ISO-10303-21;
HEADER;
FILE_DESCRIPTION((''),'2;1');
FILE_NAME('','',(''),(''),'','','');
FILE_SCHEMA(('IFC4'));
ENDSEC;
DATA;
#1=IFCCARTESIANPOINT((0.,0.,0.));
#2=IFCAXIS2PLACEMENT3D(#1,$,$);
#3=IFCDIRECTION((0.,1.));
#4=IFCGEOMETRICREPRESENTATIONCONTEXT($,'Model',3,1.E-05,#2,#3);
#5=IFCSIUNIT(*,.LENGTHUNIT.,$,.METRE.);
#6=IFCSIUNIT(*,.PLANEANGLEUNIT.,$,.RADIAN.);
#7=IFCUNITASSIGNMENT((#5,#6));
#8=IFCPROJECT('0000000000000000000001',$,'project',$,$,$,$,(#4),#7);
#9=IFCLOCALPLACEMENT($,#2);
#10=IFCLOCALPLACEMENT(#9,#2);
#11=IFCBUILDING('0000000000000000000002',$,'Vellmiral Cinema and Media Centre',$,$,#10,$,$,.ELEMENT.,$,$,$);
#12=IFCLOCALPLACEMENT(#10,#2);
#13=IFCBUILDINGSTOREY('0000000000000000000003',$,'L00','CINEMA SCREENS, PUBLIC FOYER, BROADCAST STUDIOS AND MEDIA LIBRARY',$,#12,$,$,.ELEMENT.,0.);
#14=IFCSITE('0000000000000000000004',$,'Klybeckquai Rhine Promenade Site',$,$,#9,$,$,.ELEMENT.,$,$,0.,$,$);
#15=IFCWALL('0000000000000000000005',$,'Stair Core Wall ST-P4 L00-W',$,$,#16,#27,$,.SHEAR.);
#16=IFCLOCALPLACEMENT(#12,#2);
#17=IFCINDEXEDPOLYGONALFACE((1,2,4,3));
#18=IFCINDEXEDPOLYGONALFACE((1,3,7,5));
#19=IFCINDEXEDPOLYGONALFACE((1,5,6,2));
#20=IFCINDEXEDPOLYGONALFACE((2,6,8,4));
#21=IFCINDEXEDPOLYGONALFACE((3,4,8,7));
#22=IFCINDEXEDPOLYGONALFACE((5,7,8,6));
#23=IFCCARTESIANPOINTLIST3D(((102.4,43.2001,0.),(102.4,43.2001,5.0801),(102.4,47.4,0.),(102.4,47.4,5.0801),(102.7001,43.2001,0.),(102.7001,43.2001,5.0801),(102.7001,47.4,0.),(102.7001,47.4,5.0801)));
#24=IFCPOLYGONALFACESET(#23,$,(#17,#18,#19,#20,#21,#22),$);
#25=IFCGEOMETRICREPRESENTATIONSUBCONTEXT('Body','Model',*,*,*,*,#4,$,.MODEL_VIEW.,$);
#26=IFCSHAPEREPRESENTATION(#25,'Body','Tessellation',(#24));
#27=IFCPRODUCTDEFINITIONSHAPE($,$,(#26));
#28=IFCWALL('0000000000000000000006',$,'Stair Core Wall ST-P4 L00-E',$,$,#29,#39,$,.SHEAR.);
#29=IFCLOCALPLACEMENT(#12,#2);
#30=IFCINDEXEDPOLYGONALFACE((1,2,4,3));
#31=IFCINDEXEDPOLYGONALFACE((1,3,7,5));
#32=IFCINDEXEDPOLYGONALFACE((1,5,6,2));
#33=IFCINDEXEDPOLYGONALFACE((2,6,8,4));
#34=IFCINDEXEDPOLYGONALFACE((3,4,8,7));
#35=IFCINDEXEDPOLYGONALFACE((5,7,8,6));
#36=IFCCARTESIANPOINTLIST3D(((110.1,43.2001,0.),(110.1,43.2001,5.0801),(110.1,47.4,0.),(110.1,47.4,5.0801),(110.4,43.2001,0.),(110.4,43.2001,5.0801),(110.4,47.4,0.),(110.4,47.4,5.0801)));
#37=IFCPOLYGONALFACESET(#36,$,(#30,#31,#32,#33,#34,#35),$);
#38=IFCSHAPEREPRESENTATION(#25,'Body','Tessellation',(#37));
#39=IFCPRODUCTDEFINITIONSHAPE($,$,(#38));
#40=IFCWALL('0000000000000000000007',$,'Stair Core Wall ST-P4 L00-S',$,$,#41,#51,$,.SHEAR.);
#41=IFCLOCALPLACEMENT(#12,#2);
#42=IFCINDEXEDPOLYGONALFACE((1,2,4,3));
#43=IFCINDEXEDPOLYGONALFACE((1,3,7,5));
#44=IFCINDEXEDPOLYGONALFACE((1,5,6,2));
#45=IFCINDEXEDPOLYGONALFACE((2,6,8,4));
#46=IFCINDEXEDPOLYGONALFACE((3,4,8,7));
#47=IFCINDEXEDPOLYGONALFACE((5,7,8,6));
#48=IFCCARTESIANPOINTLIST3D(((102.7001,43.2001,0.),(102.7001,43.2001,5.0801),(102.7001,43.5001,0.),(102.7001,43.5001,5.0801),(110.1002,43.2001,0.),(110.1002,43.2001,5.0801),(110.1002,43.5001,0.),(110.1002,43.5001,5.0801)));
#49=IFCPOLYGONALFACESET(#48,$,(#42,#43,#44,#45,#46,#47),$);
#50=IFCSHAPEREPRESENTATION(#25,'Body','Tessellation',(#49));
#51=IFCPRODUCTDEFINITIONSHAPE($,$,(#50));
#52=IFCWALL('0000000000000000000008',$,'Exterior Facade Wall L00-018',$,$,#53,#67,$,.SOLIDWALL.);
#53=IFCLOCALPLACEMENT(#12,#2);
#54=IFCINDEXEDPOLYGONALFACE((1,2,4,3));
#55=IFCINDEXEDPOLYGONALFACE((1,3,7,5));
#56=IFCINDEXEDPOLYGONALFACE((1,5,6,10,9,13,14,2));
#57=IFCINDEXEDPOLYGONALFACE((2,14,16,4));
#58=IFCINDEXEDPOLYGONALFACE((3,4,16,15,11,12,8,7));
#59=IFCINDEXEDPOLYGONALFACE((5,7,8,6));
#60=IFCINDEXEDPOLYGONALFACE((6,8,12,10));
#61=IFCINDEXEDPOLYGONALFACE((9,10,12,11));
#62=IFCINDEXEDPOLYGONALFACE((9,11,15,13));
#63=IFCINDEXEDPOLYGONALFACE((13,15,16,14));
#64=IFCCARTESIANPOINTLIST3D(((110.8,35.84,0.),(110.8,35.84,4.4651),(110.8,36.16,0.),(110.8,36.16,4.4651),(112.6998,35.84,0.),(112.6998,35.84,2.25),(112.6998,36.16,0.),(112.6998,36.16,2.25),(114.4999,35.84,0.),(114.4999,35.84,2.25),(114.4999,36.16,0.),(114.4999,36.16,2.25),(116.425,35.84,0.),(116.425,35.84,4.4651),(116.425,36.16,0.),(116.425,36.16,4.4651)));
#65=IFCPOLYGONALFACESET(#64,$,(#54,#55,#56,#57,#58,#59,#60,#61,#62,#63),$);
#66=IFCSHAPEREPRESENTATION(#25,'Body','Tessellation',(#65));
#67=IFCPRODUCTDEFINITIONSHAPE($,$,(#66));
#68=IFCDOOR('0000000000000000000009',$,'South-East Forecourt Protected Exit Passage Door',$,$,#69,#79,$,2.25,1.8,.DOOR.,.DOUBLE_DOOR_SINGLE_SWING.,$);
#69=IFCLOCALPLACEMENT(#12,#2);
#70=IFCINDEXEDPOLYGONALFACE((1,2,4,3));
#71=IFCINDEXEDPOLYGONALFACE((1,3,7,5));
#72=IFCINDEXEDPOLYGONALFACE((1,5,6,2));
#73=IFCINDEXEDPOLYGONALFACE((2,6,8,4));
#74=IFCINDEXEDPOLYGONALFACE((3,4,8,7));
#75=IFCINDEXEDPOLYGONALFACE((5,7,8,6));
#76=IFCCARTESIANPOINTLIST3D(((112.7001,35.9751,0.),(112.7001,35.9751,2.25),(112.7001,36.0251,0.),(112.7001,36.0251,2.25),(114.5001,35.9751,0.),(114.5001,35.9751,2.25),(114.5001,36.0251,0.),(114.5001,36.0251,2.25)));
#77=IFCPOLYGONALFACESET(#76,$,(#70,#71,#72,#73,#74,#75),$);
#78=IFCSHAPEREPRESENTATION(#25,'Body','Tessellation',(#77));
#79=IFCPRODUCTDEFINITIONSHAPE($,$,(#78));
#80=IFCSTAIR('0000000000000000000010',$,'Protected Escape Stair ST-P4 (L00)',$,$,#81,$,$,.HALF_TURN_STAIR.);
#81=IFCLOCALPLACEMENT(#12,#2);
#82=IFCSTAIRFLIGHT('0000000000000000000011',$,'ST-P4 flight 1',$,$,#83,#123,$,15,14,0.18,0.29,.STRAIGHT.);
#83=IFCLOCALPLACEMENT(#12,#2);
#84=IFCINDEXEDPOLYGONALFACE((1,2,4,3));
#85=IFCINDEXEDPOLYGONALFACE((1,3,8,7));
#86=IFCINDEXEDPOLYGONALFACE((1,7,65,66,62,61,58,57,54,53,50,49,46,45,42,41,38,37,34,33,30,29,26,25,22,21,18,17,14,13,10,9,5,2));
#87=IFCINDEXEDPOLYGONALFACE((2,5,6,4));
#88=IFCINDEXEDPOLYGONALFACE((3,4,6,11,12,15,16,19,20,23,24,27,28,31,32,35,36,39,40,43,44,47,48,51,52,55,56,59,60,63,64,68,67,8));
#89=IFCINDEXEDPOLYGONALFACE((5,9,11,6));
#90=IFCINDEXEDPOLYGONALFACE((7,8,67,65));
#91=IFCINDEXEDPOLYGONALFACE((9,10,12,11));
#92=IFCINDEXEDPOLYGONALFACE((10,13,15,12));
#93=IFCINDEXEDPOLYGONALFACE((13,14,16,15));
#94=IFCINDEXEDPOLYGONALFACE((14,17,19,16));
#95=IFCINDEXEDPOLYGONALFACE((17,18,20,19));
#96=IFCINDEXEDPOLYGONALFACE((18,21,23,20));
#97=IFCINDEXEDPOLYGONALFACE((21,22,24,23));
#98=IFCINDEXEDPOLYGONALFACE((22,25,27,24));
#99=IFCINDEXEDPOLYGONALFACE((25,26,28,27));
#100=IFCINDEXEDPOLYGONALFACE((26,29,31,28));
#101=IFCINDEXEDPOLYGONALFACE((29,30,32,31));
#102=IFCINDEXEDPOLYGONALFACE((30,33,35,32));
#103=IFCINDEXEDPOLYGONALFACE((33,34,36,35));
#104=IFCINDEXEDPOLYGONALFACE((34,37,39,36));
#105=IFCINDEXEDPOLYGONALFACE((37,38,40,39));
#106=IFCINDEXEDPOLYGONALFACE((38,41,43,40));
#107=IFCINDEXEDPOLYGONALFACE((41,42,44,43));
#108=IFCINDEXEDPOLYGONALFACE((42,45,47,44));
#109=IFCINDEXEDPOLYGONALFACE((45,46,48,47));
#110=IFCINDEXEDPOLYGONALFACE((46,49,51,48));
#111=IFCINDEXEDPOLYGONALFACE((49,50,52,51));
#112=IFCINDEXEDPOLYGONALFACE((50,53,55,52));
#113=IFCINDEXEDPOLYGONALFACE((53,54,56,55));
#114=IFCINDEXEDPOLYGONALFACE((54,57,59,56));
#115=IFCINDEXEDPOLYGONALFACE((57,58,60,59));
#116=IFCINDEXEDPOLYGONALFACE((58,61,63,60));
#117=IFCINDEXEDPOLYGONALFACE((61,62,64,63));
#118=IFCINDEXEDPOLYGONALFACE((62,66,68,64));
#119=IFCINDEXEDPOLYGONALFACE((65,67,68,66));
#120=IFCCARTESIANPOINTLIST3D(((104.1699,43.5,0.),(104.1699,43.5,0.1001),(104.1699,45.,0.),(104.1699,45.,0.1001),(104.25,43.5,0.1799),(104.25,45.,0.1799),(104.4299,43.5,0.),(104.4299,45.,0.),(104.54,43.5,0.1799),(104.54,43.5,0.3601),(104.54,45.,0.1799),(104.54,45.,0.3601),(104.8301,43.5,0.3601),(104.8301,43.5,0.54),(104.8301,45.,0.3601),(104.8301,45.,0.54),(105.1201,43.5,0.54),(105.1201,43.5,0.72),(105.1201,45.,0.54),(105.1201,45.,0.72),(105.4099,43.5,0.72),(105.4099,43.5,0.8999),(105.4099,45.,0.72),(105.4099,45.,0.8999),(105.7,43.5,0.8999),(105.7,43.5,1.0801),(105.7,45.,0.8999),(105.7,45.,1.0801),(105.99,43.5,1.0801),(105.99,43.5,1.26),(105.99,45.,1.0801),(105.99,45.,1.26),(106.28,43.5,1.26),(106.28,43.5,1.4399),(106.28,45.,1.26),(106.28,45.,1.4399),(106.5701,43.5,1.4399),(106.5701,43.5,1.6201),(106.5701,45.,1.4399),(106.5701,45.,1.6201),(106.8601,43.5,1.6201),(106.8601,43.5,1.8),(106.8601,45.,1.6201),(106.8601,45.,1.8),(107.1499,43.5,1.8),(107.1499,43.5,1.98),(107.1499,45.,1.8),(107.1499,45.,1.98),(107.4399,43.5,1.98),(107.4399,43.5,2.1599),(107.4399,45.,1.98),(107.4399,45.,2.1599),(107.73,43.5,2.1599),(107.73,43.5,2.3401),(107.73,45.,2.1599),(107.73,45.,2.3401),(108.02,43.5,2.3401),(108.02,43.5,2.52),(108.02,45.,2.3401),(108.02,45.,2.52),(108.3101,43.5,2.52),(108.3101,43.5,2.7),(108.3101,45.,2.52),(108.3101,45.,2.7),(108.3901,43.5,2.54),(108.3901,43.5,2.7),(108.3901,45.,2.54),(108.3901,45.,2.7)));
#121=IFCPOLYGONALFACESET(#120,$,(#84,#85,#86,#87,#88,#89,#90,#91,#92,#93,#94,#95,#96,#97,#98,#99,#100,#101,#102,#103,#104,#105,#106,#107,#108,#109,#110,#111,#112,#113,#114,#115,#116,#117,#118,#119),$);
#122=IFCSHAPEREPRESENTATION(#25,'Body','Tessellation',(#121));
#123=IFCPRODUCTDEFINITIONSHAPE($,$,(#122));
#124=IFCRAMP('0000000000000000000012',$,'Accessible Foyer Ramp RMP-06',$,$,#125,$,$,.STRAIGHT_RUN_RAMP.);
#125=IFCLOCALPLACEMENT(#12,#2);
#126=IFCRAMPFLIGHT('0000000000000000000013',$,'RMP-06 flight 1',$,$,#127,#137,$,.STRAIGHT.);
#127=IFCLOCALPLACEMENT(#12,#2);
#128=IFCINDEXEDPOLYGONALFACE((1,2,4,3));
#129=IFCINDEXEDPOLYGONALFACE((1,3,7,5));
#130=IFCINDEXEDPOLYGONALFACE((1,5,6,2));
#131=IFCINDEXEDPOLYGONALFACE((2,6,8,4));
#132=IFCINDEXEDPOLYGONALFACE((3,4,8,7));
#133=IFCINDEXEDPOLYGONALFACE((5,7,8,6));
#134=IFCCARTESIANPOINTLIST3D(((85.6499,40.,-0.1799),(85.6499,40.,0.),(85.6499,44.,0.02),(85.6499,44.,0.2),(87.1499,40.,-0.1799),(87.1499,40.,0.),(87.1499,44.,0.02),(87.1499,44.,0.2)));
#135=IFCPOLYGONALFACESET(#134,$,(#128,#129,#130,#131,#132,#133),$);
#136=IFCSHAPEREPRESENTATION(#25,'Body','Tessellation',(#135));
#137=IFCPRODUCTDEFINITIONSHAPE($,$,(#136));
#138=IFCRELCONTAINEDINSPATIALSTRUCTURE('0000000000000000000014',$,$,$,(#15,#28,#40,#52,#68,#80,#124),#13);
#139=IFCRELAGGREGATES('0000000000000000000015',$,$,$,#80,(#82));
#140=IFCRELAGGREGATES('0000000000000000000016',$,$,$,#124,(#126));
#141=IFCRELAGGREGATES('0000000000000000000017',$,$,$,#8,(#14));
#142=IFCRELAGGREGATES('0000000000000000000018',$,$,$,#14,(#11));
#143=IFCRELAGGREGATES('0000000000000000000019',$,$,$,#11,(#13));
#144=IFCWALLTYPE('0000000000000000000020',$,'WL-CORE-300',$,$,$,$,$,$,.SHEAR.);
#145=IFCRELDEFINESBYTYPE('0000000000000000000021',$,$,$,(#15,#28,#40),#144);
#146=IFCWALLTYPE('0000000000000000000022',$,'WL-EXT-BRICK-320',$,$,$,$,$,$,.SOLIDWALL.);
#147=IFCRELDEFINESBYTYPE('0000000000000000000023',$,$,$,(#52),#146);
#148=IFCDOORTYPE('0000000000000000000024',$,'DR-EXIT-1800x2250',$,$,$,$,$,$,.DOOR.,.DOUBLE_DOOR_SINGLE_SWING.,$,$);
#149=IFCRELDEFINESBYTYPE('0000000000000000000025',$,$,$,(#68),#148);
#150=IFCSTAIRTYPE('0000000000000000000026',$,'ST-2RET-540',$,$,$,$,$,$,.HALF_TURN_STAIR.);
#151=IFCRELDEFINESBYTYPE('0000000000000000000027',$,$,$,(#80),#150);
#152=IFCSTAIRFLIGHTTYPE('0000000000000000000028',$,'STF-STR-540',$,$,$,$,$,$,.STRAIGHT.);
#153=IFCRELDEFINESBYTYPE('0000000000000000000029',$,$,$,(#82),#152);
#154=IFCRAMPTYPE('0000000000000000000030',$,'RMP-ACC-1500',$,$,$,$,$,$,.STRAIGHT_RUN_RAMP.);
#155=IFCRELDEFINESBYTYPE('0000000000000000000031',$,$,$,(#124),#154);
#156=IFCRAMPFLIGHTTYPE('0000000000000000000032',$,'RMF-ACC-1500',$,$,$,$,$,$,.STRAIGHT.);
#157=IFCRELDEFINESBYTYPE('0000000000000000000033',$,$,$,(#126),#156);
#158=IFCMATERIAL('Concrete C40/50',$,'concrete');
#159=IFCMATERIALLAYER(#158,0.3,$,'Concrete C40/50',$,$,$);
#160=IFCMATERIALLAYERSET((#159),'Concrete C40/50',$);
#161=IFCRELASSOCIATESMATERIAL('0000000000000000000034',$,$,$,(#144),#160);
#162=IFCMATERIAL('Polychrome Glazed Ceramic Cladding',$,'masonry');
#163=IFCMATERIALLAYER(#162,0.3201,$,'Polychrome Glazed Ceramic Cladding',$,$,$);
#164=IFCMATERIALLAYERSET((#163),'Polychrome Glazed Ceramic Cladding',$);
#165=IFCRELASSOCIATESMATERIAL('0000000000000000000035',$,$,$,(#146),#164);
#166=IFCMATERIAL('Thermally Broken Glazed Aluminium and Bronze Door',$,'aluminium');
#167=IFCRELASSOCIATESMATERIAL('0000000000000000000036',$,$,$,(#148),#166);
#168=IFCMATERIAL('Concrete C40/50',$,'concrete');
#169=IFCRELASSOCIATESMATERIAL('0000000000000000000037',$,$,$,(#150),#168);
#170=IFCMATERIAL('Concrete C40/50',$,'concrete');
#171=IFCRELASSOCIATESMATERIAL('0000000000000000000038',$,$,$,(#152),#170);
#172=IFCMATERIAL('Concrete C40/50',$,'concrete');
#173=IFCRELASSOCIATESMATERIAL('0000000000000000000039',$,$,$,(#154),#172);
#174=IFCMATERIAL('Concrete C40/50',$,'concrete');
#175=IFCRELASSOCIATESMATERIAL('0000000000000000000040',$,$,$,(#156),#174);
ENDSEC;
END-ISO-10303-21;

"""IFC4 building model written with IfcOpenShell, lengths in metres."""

from ifc_helpers import new_model, si_unit, direction, frame, frame_2d, origin, place, context, subcontext, project, spatial, polyline, rectangle, outline, extrude, material, layer, layer_set, type_object, element, fill, aggregate, save


model = new_model("IFC4")

# Units and contexts
model_context = context("Model", 3, precision=1e-05, world=origin(), true_north=direction((0.0, 1.0)))
body_context = subcontext(model_context, "Body", "Model", "MODEL_VIEW")
ifc_project = project(units=[si_unit("LENGTHUNIT", "METRE"), si_unit("PLANEANGLEUNIT", "RADIAN")], contexts=[model_context])

# Site, building, storey
site_placement = place(None, origin())
site = spatial("IfcSite", under=ifc_project, at=site_placement, Name="Klybeckquai Rhine Promenade Site", CompositionType="ELEMENT", RefElevation=0.0)
building_placement = place(site_placement, origin())
building = spatial("IfcBuilding", under=site, at=building_placement, Name="Vellmiral Cinema and Media Centre", CompositionType="ELEMENT")
storey_placement = place(building_placement, origin())
storey = spatial("IfcBuildingStorey", under=building, at=storey_placement, Name="L00", Description="CINEMA SCREENS, PUBLIC FOYER, BROADCAST STUDIOS AND MEDIA LIBRARY", CompositionType="ELEMENT", Elevation=0.0)

# Walls
ifc_material_1 = material(Name="Concrete C40/50", Category="concrete")
ifc_layer_1 = layer(ifc_material_1, 0.3, Name="Concrete C40/50")
ifc_layer_set_1 = layer_set([ifc_layer_1], Name="Concrete C40/50")
wall_type_1 = type_object("IfcWallType", Name="WL-CORE-300", PredefinedType="SHEAR", material=ifc_layer_set_1)
for number, where, z_axis, x_axis, name in (
    (1, (102.55, 43.2, 0.0), (0.0, 0.0, 1.0), (0.0, 1.0, 0.0), "Stair Core Wall ST-P4 L00-W"),
    (2, (110.25, 43.2, 0.0), (0.0, 0.0, 1.0), (0.0, 1.0, 0.0), "Stair Core Wall ST-P4 L00-E"),
):
    element("IfcWall", number, at=place(storey_placement, frame(where, z_axis=z_axis, x_axis=x_axis)), inside=storey, type_object=wall_type_1, Name=name, PredefinedType="SHEAR", context=body_context, shape_type="SweptSolid", body=[
        extrude(rectangle(XDim=4.2, YDim=0.3, at=frame_2d((2.1001, 0.0))), origin(), (0.0, 0.0, 1.0), 5.0801),
    ])
wall_1_placement = place(storey_placement, frame((102.7, 43.3501, 0.0), z_axis=(0.0, 0.0, 1.0), x_axis=(1.0, 0.0, 0.0)))
element("IfcWall", 3, at=wall_1_placement, inside=storey, type_object=wall_type_1, Name="Stair Core Wall ST-P4 L00-S", PredefinedType="SHEAR", context=body_context, shape_type="SweptSolid", body=[
    extrude(rectangle(XDim=7.4001, YDim=0.3, at=frame_2d((3.7002, 0.0))), origin(), (0.0, 0.0, 1.0), 5.0801),
])

# Wall, opening, door
ifc_material_2 = material(Name="Polychrome Glazed Ceramic Cladding", Category="masonry")
ifc_layer_2 = layer(ifc_material_2, 0.3201, Name="Polychrome Glazed Ceramic Cladding")
ifc_layer_set_2 = layer_set([ifc_layer_2], Name="Polychrome Glazed Ceramic Cladding")
wall_type_2 = type_object("IfcWallType", Name="WL-EXT-BRICK-320", PredefinedType="SOLIDWALL", material=ifc_layer_set_2)
wall_2_placement = place(storey_placement, frame((110.8, 36.0, 0.0), z_axis=(0.0, 0.0, 1.0), x_axis=(1.0, 0.0, 0.0)))
wall_2 = element("IfcWall", 4, at=wall_2_placement, inside=storey, type_object=wall_type_2, Name="Exterior Facade Wall L00-018", PredefinedType="SOLIDWALL", context=body_context, shape_type="SweptSolid", body=[
    extrude(rectangle(XDim=5.625, YDim=0.3201, at=frame_2d((2.8125, 0.0))), origin(), (0.0, 0.0, 1.0), 4.4651),
])
opening_1_placement = place(wall_2_placement, frame((1.8999, 0.0, 0.0)))
opening_1 = element("IfcOpeningElement", 5, at=opening_1_placement, cuts=wall_2, PredefinedType="OPENING", context=body_context, shape_type="SweptSolid", body=[
    extrude(rectangle(XDim=1.8, YDim=2.25, at=frame_2d((0.8999, 1.125))), frame((0.0, 0.1719, 0.0), z_axis=(0.0, -1.0, 0.0), x_axis=(1.0, 0.0, 0.0)), (0.0, 0.0, 1.0), 0.344),
])
ifc_material_3 = material(Name="Thermally Broken Glazed Aluminium and Bronze Door", Category="aluminium")
door_type_1 = type_object("IfcDoorType", Name="DR-EXIT-1800x2250", OperationType="DOUBLE_DOOR_SINGLE_SWING", PredefinedType="DOOR", material=ifc_material_3)
door_1_placement = place(opening_1_placement, frame((1.8, 0.0, 0.0), z_axis=(0.0, 0.0, 1.0), x_axis=(-1.0, 0.0, 0.0)))
door_1 = element("IfcDoor", 6, at=door_1_placement, inside=storey, type_object=door_type_1, Name="South-East Forecourt Protected Exit Passage Door", OperationType="DOUBLE_DOOR_SINGLE_SWING", OverallHeight=2.25, OverallWidth=1.8, PredefinedType="DOOR", context=body_context, shape_type="SweptSolid", body=[
    extrude(rectangle(XDim=1.8, YDim=2.25, at=frame_2d((0.8999, 1.125))), frame((0.0, 0.0249, 0.0), z_axis=(0.0, -1.0, 0.0), x_axis=(1.0, 0.0, 0.0)), (0.0, 0.0, 1.0), 0.05),
])
fill(opening_1, door_1)

# Stair, stair flight
ifc_material_4 = material(Name="Concrete C40/50", Category="concrete")
stair_type = type_object("IfcStairType", Name="ST-2RET-540", PredefinedType="HALF_TURN_STAIR", material=ifc_material_4)
stair_placement = place(storey_placement, origin())
stair = element("IfcStair", 7, at=stair_placement, inside=storey, type_object=stair_type, Name="Protected Escape Stair ST-P4 (L00)", PredefinedType="HALF_TURN_STAIR")
ifc_material_5 = material(Name="Concrete C40/50", Category="concrete")
stair_flight_type = type_object("IfcStairFlightType", Name="STF-STR-540", PredefinedType="STRAIGHT", material=ifc_material_5)
stair_flight_placement = place(storey_placement, frame((104.25, 44.25, 0.0), z_axis=(0.0, 0.0, 1.0), x_axis=(1.0, 0.0, 0.0)))
stair_flight = element("IfcStairFlight", 8, at=stair_flight_placement, type_object=stair_flight_type, Name="ST-P4 flight 1", NumberOfRisers=15, NumberOfTreads=14, PredefinedType="STRAIGHT", RiserHeight=0.18, TreadLength=0.29, context=body_context, shape_type="SweptSolid", body=[
    extrude(outline(polyline([(-0.0801, 0.0), (-0.0801, 0.1001), (0.0, 0.1799), (0.29, 0.1799), (0.29, 0.3601), (0.5801, 0.3601), (0.5801, 0.54), (0.8701, 0.54), (0.8701, 0.72), (1.1599, 0.72), (1.1599, 0.8999), (1.45, 0.8999), (1.45, 1.0801), (1.74, 1.0801), (1.74, 1.26), (2.03, 1.26), (2.03, 1.4399), (2.3201, 1.4399), (2.3201, 1.6201), (2.6101, 1.6201), (2.6101, 1.8), (2.8999, 1.8), (2.8999, 1.98), (3.1899, 1.98), (3.1899, 2.1599), (3.48, 2.1599), (3.48, 2.3401), (3.77, 2.3401), (3.77, 2.52), (4.0601, 2.52), (4.0601, 2.7), (4.1401, 2.7), (4.1401, 2.54), (0.1799, 0.0), (-0.0801, 0.0)])), frame((0.0, 0.75, 0.0), z_axis=(0.0, -1.0, 0.0), x_axis=(1.0, 0.0, 0.0)), (0.0, 0.0, 1.0), 1.5),
])
aggregate(stair, [stair_flight])

# Ramp, ramp flight
ifc_material_6 = material(Name="Concrete C40/50", Category="concrete")
ramp_type = type_object("IfcRampType", Name="RMP-ACC-1500", PredefinedType="STRAIGHT_RUN_RAMP", material=ifc_material_6)
ramp_placement = place(storey_placement, origin())
ramp = element("IfcRamp", 9, at=ramp_placement, inside=storey, type_object=ramp_type, Name="Accessible Foyer Ramp RMP-06", PredefinedType="STRAIGHT_RUN_RAMP")
ifc_material_7 = material(Name="Concrete C40/50", Category="concrete")
ramp_flight_type = type_object("IfcRampFlightType", Name="RMF-ACC-1500", PredefinedType="STRAIGHT", material=ifc_material_7)
ramp_flight_placement = place(storey_placement, frame((86.3999, 40.0, 0.0), z_axis=(0.0, 0.0, 1.0), x_axis=(0.0, 1.0, 0.0)))
ramp_flight = element("IfcRampFlight", 10, at=ramp_flight_placement, type_object=ramp_flight_type, Name="RMP-06 flight 1", PredefinedType="STRAIGHT", context=body_context, shape_type="SweptSolid", body=[
    extrude(outline(polyline([(0.0, -0.1799), (0.0, 0.0), (4.0, 0.2), (4.0, 0.02), (0.0, -0.1799)])), frame((0.0, 0.75, 0.0), z_axis=(0.0, -1.0, 0.0), x_axis=(1.0, 0.0, 0.0)), (0.0, 0.0, 1.0), 1.5),
])
aggregate(ramp, [ramp_flight])

save(model, "model.ifc")
